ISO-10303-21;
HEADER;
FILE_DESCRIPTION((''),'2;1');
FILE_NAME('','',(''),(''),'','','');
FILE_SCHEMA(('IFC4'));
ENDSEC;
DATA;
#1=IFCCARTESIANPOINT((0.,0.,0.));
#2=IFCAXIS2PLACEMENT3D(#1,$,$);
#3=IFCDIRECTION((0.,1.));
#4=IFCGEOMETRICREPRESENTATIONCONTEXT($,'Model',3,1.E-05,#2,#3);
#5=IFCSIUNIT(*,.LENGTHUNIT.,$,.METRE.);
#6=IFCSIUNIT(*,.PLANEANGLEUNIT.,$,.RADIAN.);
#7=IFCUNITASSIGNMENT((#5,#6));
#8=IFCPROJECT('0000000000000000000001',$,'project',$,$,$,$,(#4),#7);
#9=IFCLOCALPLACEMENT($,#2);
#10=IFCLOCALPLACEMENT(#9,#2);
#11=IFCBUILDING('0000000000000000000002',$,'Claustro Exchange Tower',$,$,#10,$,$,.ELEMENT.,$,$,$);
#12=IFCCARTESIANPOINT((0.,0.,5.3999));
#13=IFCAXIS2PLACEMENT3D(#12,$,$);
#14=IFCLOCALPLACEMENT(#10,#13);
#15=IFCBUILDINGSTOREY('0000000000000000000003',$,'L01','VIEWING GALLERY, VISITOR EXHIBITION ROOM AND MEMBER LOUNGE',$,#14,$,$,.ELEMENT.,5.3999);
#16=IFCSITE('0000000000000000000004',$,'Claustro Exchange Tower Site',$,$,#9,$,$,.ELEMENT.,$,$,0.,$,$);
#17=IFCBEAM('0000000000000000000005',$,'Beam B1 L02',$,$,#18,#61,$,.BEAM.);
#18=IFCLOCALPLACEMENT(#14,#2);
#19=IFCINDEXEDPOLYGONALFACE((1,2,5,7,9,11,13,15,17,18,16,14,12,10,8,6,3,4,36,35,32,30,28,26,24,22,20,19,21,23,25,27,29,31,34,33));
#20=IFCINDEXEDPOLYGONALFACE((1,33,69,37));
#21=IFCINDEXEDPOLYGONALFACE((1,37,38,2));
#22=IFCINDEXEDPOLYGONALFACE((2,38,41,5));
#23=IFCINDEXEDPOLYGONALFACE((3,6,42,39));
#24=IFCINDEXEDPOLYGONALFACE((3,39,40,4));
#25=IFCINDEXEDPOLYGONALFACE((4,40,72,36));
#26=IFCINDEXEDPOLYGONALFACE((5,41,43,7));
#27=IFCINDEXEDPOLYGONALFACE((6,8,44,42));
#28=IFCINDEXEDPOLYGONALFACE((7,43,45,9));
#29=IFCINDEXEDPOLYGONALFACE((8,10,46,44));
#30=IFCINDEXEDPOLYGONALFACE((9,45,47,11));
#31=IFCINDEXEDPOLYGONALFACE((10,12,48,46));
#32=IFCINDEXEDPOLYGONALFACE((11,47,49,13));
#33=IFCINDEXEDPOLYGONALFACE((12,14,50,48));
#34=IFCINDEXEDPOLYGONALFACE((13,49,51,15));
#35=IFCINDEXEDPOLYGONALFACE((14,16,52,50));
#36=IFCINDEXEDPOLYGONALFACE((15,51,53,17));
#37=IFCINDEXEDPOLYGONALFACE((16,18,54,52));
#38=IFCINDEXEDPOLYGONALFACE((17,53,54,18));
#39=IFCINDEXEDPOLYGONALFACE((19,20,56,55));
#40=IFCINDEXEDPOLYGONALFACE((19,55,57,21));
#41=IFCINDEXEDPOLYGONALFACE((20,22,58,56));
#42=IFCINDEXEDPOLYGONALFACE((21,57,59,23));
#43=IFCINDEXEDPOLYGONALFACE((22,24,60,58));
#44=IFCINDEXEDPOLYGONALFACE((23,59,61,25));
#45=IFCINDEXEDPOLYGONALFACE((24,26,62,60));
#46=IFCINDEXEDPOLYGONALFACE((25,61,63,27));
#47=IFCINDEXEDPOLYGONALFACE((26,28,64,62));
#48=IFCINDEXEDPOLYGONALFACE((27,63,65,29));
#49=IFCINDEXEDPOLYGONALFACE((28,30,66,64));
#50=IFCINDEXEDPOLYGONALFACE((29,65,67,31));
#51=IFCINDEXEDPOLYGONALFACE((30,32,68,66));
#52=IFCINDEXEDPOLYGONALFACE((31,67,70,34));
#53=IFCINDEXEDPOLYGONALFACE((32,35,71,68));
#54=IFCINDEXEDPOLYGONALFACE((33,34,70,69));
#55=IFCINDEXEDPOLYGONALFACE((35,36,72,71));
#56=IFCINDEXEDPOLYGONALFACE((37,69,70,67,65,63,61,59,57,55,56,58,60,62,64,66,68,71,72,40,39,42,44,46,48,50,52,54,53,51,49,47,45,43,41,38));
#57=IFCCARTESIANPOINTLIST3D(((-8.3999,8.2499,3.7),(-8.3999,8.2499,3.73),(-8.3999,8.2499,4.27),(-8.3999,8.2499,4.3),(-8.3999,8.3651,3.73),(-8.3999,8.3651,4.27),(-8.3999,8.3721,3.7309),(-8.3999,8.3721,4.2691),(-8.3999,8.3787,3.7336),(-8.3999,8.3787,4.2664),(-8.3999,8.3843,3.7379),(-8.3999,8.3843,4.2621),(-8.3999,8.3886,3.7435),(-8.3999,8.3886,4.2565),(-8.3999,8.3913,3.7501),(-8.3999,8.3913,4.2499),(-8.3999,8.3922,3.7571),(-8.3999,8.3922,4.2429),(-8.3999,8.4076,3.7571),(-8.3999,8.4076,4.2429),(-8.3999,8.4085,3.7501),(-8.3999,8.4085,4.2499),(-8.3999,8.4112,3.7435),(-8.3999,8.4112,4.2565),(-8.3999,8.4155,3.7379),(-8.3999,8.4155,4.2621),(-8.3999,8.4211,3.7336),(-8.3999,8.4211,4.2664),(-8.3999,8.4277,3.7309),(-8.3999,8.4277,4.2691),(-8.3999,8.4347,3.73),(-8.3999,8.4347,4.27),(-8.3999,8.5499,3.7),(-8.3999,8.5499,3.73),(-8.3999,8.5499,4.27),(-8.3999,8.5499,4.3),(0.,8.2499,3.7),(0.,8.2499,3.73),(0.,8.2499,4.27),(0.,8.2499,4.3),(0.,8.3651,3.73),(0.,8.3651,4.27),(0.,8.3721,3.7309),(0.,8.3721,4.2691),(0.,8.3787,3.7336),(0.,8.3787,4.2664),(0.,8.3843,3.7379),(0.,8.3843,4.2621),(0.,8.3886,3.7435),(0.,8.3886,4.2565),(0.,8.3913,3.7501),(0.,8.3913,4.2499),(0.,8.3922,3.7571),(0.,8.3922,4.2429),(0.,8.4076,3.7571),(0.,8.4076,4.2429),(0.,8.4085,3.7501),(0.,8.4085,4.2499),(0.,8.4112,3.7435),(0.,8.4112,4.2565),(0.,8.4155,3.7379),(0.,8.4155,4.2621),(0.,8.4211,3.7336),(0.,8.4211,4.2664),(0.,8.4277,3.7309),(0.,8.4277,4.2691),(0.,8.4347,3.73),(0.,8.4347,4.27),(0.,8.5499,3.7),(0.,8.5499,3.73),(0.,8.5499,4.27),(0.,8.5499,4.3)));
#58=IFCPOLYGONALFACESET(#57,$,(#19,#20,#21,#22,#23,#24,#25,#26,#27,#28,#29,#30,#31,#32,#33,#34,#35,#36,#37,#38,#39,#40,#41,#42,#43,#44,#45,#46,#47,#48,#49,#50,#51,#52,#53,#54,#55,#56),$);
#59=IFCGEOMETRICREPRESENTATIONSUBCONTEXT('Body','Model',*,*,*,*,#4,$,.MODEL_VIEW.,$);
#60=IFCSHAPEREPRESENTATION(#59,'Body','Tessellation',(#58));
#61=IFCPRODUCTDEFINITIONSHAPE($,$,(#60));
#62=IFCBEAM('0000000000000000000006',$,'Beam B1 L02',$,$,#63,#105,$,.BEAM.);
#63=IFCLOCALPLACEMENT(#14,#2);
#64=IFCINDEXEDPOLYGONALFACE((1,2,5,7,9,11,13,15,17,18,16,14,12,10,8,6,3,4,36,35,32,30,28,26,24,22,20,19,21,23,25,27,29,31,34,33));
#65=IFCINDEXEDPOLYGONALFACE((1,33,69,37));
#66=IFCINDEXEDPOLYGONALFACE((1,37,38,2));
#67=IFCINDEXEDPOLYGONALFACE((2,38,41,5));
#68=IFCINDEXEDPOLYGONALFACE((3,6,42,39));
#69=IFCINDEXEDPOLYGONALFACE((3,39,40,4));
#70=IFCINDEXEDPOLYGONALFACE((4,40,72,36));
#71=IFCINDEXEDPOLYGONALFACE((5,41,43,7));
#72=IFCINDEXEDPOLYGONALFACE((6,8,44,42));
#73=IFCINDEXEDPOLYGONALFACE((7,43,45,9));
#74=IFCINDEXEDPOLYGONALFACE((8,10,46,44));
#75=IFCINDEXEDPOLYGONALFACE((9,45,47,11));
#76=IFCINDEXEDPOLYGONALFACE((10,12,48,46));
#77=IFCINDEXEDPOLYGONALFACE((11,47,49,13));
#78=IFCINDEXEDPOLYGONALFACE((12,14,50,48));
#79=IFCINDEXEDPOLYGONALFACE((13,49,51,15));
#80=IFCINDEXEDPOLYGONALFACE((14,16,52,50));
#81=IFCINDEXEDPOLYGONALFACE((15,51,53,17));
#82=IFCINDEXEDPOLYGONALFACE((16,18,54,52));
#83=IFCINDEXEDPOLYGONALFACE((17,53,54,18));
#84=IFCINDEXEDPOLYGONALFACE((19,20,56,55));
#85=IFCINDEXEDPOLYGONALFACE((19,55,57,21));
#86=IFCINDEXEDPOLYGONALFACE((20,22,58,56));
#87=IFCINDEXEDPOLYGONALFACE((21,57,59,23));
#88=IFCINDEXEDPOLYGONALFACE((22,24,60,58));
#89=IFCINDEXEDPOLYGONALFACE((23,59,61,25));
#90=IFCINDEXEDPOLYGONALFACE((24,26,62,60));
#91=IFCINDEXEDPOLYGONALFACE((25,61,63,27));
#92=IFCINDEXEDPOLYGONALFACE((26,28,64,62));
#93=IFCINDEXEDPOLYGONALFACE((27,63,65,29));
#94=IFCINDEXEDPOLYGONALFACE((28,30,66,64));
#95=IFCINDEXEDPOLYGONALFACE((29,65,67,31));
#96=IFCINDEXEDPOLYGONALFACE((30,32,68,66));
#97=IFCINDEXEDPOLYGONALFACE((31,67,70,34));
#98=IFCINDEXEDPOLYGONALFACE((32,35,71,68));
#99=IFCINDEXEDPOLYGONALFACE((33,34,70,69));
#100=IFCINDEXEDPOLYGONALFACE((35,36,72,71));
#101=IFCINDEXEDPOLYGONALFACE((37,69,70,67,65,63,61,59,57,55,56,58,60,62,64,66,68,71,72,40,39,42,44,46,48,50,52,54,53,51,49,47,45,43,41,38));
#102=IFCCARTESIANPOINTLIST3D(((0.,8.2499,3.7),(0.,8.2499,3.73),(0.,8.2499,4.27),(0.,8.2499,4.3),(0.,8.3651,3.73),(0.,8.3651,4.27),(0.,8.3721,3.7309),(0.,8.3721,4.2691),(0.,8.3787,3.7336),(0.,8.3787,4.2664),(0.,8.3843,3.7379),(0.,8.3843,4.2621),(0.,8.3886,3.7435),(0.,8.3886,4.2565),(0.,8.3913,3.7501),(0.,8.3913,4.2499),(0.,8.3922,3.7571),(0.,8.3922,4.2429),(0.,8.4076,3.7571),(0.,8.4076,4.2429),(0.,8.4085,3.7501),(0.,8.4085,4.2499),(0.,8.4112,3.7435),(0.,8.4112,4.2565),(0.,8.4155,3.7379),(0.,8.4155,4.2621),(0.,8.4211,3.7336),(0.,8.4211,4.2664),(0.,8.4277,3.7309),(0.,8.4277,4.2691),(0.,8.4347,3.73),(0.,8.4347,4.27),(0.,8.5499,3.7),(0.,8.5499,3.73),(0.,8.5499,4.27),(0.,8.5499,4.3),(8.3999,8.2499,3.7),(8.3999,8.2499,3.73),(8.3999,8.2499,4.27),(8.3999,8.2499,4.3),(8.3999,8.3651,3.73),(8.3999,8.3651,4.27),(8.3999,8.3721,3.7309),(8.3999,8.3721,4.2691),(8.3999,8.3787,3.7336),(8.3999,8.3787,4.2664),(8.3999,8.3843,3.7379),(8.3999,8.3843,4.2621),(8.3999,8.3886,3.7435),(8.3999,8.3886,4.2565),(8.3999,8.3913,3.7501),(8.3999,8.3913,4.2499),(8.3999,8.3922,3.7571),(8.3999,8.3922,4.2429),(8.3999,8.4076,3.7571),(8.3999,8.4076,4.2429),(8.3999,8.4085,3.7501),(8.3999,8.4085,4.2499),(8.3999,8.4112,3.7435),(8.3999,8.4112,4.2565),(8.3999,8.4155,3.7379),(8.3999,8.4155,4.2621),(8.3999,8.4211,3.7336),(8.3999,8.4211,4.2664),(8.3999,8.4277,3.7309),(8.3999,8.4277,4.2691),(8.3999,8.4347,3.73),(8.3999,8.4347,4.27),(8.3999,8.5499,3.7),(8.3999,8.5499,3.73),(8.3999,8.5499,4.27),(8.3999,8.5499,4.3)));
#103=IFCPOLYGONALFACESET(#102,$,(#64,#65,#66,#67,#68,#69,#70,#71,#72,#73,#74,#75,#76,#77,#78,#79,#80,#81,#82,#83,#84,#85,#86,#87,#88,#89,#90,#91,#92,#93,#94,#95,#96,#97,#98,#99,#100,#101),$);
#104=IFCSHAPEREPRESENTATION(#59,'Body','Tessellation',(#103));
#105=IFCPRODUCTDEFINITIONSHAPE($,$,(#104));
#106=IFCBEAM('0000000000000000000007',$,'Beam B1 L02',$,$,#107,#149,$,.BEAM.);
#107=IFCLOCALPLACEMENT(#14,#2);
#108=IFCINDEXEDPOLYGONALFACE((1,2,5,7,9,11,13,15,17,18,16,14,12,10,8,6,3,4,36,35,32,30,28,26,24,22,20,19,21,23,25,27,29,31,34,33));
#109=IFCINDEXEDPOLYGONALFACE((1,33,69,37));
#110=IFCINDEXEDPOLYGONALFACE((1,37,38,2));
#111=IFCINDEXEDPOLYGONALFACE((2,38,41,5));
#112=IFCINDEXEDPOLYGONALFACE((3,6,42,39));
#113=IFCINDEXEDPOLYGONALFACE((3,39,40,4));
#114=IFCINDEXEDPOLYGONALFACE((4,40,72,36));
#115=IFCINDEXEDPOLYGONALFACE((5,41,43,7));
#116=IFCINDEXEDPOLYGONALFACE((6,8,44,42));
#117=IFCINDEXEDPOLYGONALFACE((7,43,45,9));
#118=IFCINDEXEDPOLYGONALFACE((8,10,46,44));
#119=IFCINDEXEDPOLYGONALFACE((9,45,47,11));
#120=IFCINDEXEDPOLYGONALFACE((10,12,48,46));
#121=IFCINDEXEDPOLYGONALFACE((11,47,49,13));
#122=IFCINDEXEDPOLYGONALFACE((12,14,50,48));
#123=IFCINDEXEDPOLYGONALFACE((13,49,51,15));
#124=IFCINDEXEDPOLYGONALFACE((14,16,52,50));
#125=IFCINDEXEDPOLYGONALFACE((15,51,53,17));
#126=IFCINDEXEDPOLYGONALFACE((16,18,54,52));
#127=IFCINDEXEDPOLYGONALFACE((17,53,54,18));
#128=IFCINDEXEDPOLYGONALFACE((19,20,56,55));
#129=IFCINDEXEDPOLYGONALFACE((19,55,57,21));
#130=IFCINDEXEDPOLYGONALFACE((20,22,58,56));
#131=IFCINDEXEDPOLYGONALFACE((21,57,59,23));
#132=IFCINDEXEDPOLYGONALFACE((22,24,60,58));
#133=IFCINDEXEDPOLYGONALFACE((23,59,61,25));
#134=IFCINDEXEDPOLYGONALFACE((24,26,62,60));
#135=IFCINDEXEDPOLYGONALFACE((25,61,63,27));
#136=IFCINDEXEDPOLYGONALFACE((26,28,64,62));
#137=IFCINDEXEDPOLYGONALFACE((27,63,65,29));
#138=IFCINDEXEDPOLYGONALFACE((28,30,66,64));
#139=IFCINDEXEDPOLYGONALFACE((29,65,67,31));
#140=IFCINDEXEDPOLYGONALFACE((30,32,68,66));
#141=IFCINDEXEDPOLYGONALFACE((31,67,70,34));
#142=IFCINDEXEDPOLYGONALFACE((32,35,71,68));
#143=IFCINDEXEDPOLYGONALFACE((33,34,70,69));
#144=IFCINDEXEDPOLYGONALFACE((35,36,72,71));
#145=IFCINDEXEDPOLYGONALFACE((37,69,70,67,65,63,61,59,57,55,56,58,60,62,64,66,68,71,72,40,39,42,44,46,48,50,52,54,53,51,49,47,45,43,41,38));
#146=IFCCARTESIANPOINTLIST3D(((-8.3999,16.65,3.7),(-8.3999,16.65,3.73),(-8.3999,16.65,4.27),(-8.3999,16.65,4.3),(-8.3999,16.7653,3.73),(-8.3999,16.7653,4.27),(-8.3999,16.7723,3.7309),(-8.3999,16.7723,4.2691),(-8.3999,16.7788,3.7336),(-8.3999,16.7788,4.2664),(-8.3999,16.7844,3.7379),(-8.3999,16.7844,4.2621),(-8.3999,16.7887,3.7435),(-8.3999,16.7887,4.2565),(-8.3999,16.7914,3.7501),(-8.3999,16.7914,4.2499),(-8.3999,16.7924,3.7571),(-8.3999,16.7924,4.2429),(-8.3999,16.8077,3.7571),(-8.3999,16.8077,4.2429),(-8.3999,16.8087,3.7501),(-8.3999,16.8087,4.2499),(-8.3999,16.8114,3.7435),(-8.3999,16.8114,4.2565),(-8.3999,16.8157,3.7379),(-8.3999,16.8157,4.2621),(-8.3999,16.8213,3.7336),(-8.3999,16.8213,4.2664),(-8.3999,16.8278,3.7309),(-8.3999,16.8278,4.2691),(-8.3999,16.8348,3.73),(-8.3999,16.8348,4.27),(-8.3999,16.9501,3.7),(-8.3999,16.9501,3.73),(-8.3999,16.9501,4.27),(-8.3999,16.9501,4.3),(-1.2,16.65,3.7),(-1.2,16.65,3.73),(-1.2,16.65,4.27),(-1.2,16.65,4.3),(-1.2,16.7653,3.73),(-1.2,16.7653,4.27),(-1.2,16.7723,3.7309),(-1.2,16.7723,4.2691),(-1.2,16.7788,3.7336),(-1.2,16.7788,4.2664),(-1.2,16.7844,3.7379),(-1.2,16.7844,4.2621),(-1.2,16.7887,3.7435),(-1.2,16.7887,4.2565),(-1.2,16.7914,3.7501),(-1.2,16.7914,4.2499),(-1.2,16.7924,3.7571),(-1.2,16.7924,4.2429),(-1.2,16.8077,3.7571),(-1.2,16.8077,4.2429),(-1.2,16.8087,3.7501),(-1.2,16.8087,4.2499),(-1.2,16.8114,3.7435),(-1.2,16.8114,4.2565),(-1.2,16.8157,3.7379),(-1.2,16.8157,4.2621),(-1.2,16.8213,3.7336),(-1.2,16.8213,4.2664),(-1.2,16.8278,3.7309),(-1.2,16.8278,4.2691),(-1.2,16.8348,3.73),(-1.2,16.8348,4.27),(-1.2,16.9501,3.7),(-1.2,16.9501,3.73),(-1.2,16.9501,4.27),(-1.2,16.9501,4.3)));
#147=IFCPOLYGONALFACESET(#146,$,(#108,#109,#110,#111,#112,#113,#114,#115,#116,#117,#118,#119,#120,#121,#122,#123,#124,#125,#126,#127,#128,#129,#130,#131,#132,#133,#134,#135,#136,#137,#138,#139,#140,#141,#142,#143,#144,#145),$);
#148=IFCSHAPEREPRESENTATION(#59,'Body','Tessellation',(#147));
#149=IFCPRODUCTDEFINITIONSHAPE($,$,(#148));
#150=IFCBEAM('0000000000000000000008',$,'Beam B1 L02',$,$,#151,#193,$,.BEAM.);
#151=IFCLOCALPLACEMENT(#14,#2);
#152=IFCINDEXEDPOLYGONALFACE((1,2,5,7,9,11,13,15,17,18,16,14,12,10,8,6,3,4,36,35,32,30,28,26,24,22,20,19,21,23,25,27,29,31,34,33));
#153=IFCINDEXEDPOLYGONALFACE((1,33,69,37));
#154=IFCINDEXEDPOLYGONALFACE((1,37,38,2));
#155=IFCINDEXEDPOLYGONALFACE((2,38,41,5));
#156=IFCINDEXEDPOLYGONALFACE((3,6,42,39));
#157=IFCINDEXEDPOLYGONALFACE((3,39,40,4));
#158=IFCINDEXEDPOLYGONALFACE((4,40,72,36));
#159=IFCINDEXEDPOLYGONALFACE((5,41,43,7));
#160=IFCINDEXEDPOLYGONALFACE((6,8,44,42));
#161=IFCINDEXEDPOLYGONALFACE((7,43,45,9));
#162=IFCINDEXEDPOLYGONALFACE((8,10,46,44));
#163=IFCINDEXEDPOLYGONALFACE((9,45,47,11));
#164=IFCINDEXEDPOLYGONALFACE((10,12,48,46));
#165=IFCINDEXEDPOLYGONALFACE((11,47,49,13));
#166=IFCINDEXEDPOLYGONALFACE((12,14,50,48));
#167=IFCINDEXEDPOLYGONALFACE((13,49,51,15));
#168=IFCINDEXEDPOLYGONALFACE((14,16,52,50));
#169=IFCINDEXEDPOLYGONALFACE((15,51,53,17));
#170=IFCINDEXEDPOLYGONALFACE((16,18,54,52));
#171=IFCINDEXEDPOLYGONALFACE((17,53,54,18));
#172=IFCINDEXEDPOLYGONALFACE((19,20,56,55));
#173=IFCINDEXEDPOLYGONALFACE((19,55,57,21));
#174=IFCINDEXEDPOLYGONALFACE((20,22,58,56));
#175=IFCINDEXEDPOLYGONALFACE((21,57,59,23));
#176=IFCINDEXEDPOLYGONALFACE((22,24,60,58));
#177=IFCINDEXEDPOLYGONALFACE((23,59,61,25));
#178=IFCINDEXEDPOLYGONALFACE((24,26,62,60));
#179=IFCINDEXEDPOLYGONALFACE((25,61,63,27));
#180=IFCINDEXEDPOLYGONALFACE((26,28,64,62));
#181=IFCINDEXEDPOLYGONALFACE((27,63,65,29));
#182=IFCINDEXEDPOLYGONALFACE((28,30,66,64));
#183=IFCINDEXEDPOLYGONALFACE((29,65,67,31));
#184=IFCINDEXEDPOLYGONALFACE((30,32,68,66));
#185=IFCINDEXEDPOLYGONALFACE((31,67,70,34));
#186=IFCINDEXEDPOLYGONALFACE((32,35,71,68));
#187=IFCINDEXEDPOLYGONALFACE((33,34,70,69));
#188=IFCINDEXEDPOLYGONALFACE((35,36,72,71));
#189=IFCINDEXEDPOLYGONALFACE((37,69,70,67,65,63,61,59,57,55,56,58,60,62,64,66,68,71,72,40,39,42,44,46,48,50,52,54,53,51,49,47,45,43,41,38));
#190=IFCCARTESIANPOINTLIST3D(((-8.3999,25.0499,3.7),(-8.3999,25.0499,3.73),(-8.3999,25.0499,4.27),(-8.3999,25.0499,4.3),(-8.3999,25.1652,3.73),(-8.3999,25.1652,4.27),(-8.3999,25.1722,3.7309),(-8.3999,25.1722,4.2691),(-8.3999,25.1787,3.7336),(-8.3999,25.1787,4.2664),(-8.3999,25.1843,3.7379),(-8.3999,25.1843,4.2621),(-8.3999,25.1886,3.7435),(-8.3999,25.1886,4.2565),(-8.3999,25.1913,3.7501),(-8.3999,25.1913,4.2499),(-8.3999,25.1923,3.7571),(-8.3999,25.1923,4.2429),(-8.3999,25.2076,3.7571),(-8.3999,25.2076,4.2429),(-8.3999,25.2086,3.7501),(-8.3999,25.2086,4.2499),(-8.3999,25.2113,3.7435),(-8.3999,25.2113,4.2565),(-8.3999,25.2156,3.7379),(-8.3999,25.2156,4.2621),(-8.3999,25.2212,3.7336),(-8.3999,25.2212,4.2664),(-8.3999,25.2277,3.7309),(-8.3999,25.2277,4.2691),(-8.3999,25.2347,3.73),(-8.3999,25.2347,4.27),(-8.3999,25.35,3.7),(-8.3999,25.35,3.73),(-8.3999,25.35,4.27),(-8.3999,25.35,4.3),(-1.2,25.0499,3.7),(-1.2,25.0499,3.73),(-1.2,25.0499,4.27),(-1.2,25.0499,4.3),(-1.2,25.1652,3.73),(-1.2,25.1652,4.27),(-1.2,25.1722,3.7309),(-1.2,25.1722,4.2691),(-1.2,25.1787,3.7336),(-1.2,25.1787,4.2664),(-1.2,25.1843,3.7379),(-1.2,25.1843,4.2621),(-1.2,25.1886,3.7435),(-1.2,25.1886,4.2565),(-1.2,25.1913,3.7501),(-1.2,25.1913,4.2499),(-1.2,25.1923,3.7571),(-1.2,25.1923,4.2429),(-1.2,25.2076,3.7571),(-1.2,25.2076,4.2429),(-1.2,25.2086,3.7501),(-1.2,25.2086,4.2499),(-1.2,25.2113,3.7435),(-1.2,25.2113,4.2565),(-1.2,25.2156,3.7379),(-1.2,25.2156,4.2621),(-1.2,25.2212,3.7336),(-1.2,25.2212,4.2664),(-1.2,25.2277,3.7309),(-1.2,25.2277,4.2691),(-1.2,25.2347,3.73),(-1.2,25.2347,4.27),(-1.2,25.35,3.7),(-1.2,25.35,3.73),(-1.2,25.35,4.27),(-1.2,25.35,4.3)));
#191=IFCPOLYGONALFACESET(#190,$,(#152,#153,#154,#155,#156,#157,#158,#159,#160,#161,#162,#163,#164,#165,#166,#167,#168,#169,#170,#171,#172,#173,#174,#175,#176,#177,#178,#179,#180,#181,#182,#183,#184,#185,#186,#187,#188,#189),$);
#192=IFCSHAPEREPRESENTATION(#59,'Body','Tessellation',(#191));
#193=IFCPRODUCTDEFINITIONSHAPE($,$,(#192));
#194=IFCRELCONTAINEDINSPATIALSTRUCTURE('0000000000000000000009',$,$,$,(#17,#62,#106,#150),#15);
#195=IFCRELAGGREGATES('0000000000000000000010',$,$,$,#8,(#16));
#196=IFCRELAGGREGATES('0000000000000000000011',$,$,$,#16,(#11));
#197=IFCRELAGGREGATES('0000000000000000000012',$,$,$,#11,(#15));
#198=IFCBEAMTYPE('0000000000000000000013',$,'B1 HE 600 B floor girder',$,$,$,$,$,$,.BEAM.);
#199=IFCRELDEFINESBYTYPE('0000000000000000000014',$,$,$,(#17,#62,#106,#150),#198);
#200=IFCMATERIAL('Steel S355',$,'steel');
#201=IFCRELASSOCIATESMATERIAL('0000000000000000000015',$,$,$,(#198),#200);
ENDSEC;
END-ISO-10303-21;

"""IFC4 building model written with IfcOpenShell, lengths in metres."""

from ifc_helpers import new_model, si_unit, direction, frame, origin, origin_2d, place, context, subcontext, project, spatial, i_section, extrude, material, material_profile, profile_set, type_object, element, save


model = new_model("IFC4")

# Units and contexts
model_context = context("Model", 3, precision=1e-05, world=origin(), true_north=direction((0.0, 1.0)))
body_context = subcontext(model_context, "Body", "Model", "MODEL_VIEW")
ifc_project = project(units=[si_unit("LENGTHUNIT", "METRE"), si_unit("PLANEANGLEUNIT", "RADIAN")], contexts=[model_context])

# Site, building, storey
site_placement = place(None, origin())
site = spatial("IfcSite", under=ifc_project, at=site_placement, Name="Claustro Exchange Tower Site", CompositionType="ELEMENT", RefElevation=0.0)
building_placement = place(site_placement, origin())
building = spatial("IfcBuilding", under=site, at=building_placement, Name="Claustro Exchange Tower", CompositionType="ELEMENT")
storey_placement = place(building_placement, frame((0.0, 0.0, 5.3999)))
storey = spatial("IfcBuildingStorey", under=building, at=storey_placement, Name="L01", Description="VIEWING GALLERY, VISITOR EXHIBITION ROOM AND MEMBER LOUNGE", CompositionType="ELEMENT", Elevation=5.3999)

# Beams
ifc_material_1 = material(Name="Steel S355", Category="steel")
ifc_material_profile_1 = material_profile(ifc_material_1, i_section(OverallWidth=0.3, OverallDepth=0.6001, WebThickness=0.0154, FlangeThickness=0.03, FilletRadius=0.0271, at=origin_2d()), Name="HE 600 B")
ifc_profile_set_1 = profile_set([ifc_material_profile_1], Name="Steel S355")
beam_type_1 = type_object("IfcBeamType", Name="B1 HE 600 B floor girder", PredefinedType="BEAM", material=ifc_profile_set_1)
for number, where, z_axis, x_axis, name in (
    (1, (-8.3999, 8.3999, 4.0), (1.0, 0.0, 0.0), (0.0, 1.0, 0.0), "Beam B1 L02"),
    (2, (0.0, 8.3999, 4.0), (1.0, 0.0, 0.0), (0.0, 1.0, 0.0), "Beam B1 L02"),
):
    element("IfcBeam", number, at=place(storey_placement, frame(where, z_axis=z_axis, x_axis=x_axis)), inside=storey, type_object=beam_type_1, Name=name, PredefinedType="BEAM", context=body_context, shape_type="SweptSolid", body=[
        extrude(i_section(OverallWidth=0.3, OverallDepth=0.6001, WebThickness=0.0154, FlangeThickness=0.03, FilletRadius=0.0271, at=origin_2d()), origin(), (0.0, 0.0, 1.0), 8.3999),
    ])
for number, where, z_axis, x_axis, name in (
    (3, (-8.3999, 16.8, 4.0), (1.0, 0.0, 0.0), (0.0, 1.0, 0.0), "Beam B1 L02"),
    (4, (-8.3999, 25.2, 4.0), (1.0, 0.0, 0.0), (0.0, 1.0, 0.0), "Beam B1 L02"),
):
    element("IfcBeam", number, at=place(storey_placement, frame(where, z_axis=z_axis, x_axis=x_axis)), inside=storey, type_object=beam_type_1, Name=name, PredefinedType="BEAM", context=body_context, shape_type="SweptSolid", body=[
        extrude(i_section(OverallWidth=0.3, OverallDepth=0.6001, WebThickness=0.0154, FlangeThickness=0.03, FilletRadius=0.0271, at=origin_2d()), origin(), (0.0, 0.0, 1.0), 7.2),
    ])

save(model, "model.ifc")
